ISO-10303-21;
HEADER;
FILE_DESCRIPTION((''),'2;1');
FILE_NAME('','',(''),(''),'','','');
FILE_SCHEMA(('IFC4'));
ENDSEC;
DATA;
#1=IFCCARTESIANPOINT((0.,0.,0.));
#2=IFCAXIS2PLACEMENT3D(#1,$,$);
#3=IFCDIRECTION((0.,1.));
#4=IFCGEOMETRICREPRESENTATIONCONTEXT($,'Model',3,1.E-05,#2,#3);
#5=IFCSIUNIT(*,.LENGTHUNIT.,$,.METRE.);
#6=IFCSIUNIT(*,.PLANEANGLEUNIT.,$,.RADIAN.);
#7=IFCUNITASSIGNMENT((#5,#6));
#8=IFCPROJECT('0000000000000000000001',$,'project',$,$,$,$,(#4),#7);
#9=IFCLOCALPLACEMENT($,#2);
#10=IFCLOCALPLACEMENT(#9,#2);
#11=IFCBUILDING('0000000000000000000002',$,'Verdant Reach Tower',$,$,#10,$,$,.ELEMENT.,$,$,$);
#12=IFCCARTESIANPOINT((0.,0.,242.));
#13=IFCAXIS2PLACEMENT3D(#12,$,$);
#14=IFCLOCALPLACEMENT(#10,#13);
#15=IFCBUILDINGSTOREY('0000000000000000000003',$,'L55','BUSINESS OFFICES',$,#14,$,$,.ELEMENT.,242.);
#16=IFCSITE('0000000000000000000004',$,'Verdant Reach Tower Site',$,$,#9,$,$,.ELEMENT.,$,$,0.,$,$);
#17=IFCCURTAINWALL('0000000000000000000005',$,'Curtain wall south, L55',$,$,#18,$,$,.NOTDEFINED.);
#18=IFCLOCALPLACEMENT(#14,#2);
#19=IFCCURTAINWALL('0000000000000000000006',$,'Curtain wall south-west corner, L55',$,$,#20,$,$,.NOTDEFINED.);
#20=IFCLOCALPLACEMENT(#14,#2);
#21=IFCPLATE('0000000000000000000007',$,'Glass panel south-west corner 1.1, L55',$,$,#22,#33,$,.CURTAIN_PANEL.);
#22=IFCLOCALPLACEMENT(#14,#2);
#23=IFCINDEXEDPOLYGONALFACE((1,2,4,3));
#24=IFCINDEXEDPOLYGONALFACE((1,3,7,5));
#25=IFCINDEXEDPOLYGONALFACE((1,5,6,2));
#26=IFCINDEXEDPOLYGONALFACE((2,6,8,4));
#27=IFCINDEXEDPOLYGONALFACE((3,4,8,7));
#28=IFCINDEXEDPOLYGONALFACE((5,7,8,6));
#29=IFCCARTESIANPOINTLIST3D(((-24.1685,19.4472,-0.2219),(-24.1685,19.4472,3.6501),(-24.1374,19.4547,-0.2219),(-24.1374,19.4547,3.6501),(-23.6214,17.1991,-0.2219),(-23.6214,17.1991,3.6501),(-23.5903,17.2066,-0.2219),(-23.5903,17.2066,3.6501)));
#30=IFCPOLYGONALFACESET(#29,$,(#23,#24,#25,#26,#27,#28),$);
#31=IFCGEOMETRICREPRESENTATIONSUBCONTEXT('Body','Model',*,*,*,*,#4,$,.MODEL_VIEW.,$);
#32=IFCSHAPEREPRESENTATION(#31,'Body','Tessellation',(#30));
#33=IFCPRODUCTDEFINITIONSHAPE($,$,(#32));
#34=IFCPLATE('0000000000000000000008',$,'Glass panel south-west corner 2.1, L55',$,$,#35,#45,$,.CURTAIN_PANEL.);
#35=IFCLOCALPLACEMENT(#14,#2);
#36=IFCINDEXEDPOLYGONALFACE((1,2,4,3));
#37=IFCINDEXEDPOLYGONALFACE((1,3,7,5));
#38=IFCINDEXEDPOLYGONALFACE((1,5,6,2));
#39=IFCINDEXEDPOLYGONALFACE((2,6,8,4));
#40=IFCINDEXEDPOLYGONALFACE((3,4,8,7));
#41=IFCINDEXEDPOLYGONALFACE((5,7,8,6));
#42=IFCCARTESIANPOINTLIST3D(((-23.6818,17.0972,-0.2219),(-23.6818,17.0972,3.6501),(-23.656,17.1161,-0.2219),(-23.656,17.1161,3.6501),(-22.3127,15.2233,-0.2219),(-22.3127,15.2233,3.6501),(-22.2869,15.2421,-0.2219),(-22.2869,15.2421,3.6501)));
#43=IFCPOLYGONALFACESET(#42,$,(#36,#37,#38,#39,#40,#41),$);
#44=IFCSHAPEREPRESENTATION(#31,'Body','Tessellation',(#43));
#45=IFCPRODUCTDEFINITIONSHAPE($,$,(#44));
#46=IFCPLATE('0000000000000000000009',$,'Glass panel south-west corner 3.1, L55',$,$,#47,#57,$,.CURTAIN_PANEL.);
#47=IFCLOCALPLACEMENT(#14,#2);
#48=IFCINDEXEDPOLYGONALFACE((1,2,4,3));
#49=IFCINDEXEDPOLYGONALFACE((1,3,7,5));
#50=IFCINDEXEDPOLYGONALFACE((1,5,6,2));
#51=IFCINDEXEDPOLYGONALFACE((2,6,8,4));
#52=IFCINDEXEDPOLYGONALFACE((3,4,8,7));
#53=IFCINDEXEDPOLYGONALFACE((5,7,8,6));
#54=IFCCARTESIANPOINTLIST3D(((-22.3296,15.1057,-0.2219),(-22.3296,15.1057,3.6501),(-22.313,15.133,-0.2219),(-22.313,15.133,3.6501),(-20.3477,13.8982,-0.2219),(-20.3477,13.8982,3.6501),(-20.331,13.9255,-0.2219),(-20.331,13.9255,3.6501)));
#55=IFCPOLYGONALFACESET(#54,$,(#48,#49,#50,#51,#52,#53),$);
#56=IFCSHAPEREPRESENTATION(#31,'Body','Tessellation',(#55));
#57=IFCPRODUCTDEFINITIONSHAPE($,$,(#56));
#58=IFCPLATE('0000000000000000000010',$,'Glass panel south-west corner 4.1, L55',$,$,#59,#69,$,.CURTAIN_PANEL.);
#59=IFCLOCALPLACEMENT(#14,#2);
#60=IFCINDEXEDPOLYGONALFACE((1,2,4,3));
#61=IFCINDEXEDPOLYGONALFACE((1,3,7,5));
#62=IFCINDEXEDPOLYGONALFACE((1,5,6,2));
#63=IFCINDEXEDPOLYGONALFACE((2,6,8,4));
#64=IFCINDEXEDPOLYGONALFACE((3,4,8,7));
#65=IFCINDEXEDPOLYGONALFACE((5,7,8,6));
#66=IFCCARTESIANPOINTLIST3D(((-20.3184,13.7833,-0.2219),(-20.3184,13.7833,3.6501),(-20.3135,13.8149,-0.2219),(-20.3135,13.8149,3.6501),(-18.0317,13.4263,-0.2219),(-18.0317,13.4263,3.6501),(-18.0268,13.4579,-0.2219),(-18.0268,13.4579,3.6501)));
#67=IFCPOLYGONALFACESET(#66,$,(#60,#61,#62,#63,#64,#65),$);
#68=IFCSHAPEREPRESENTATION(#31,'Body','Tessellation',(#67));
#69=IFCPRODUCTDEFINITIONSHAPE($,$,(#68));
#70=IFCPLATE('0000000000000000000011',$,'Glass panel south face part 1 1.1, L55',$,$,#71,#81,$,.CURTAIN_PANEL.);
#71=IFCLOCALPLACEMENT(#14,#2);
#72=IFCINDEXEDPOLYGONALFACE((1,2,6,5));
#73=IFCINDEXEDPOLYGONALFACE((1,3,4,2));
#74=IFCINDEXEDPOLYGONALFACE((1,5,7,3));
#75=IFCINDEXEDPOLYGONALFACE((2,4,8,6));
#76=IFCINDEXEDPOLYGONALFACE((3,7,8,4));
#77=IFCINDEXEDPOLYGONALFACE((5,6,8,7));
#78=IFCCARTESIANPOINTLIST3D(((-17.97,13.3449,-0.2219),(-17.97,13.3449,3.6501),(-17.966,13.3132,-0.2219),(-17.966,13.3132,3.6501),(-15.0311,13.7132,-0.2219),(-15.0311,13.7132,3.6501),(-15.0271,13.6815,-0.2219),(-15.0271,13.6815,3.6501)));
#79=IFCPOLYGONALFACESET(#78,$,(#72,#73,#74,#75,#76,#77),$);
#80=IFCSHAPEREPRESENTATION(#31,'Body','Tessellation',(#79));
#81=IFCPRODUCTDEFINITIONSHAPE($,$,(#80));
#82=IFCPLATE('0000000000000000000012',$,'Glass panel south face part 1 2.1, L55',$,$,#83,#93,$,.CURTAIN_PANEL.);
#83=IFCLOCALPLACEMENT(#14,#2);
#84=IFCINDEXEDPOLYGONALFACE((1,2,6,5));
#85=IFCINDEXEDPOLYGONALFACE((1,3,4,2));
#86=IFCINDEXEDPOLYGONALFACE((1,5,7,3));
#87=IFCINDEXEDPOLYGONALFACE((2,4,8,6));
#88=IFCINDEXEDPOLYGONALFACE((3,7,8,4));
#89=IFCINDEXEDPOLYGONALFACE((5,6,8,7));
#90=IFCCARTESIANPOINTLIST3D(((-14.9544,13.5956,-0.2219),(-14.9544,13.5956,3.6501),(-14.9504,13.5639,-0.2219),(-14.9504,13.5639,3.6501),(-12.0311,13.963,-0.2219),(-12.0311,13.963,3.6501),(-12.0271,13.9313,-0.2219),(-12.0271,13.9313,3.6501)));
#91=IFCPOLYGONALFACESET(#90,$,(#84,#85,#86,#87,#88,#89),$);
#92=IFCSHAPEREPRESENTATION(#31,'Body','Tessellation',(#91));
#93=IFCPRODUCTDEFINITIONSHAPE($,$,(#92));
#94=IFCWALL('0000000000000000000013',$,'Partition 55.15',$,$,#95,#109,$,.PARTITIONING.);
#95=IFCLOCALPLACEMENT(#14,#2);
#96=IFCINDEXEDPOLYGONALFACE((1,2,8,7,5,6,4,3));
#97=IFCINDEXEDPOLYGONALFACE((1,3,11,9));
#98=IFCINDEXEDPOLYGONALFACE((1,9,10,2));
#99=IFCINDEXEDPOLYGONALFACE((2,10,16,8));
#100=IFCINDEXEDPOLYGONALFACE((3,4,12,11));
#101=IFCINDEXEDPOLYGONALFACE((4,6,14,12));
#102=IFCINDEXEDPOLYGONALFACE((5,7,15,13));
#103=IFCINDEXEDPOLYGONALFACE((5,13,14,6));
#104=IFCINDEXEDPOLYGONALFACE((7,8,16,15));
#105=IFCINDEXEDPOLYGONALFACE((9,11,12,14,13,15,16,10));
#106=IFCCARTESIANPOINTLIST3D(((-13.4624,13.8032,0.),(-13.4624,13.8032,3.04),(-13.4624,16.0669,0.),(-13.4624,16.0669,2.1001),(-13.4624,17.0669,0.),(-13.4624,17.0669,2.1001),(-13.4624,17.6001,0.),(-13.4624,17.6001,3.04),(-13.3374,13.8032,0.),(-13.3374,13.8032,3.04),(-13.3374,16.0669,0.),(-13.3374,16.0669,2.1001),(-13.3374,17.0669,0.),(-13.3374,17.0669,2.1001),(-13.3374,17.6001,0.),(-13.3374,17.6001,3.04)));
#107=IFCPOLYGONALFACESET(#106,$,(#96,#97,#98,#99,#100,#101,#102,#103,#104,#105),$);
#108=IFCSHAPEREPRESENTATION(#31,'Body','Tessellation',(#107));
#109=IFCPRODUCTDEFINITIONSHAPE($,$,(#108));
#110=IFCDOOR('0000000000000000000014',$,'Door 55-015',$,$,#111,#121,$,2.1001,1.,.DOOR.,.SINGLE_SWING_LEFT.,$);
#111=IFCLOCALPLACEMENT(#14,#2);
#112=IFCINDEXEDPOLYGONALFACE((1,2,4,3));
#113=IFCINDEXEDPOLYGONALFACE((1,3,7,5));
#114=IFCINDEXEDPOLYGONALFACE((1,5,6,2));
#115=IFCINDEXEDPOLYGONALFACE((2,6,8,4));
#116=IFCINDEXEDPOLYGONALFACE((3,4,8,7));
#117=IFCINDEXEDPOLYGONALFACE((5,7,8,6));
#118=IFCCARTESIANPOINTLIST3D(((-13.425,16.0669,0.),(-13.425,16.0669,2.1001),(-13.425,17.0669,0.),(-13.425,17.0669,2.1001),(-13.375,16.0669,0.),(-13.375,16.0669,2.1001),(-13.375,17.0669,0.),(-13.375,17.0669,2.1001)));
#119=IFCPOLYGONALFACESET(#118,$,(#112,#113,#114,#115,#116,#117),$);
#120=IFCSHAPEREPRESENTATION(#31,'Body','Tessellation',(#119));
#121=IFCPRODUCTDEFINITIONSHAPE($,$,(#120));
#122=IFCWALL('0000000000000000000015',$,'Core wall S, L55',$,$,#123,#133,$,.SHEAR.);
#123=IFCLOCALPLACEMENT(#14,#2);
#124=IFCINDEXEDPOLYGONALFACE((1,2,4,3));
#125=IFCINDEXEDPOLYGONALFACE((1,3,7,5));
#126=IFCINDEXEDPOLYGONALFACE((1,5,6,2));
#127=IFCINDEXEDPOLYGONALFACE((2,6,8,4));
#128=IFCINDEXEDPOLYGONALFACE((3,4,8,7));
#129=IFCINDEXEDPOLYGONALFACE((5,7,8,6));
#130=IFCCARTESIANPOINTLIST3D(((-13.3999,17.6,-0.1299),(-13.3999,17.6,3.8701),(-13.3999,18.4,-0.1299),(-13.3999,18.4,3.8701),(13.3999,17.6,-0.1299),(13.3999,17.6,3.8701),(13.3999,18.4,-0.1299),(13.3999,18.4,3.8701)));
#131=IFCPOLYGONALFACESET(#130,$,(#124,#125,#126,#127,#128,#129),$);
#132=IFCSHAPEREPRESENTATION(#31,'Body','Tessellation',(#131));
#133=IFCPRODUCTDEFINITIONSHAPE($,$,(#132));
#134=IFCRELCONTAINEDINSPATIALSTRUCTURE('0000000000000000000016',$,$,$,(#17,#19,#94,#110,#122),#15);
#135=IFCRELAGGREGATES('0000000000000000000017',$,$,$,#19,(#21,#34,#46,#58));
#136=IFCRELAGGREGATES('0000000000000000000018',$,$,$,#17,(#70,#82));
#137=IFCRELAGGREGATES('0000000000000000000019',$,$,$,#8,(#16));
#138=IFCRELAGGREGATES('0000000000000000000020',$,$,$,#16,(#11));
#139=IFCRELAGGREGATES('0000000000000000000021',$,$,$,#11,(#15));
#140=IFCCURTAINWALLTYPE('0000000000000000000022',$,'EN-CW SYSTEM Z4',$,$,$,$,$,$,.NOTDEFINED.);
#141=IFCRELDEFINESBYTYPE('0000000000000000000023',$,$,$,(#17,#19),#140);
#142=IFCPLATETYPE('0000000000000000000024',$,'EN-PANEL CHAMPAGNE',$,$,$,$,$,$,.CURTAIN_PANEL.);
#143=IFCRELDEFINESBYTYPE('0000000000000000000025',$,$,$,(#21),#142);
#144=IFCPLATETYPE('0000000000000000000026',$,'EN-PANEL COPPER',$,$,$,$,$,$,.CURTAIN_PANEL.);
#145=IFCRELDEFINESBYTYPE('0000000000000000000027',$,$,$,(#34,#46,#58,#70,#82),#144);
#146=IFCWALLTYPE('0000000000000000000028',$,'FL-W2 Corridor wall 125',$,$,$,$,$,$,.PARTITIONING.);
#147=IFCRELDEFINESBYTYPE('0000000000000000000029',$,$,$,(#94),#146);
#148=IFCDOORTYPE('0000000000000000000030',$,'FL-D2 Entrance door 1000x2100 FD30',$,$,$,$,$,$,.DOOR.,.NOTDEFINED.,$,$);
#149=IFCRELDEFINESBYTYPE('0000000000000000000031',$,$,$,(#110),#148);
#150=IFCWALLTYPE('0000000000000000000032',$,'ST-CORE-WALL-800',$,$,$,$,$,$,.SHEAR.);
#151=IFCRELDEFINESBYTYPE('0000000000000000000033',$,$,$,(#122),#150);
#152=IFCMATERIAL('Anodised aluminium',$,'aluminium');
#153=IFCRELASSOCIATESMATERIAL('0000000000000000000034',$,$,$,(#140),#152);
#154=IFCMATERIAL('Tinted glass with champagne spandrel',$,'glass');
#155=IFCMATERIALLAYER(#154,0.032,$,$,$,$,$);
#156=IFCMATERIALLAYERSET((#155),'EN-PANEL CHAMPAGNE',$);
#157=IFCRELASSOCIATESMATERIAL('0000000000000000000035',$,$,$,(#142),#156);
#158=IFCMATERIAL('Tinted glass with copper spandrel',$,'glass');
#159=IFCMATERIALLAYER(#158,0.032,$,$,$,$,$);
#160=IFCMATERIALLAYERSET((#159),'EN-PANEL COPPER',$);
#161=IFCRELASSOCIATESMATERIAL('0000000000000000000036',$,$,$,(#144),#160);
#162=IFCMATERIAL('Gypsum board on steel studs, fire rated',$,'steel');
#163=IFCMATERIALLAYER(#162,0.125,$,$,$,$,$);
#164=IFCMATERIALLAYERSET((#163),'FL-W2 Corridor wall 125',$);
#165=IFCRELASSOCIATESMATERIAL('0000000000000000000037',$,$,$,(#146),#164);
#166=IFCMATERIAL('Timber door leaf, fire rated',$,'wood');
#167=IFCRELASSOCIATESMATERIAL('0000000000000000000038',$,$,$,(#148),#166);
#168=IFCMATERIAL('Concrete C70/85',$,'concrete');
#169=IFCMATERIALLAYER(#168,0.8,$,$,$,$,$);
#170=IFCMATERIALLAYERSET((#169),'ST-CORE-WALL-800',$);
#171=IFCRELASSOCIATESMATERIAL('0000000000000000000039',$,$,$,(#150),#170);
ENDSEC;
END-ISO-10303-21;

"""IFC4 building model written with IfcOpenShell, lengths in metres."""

from ifc_helpers import new_model, si_unit, direction, frame, frame_2d, origin, origin_2d, place, context, subcontext, project, spatial, rectangle, extrude, material, layer, layer_set, type_object, element, fill, aggregate, save


model = new_model("IFC4")

# Units and contexts
model_context = context("Model", 3, precision=1e-05, world=origin(), true_north=direction((0.0, 1.0)))
body_context = subcontext(model_context, "Body", "Model", "MODEL_VIEW")
ifc_project = project(units=[si_unit("LENGTHUNIT", "METRE"), si_unit("PLANEANGLEUNIT", "RADIAN")], contexts=[model_context])

# Site, building, storey
site_placement = place(None, origin())
site = spatial("IfcSite", under=ifc_project, at=site_placement, Name="Verdant Reach Tower Site", CompositionType="ELEMENT", RefElevation=0.0)
building_placement = place(site_placement, origin())
building = spatial("IfcBuilding", under=site, at=building_placement, Name="Verdant Reach Tower", CompositionType="ELEMENT")
storey_placement = place(building_placement, frame((0.0, 0.0, 242.0)))
storey = spatial("IfcBuildingStorey", under=building, at=storey_placement, Name="L55", Description="BUSINESS OFFICES", CompositionType="ELEMENT", Elevation=242.0)

# Curtain wall
ifc_material_1 = material(Name="Anodised aluminium", Category="aluminium")
curtain_wall_type = type_object("IfcCurtainWallType", Name="EN-CW SYSTEM Z4", PredefinedType="NOTDEFINED", material=ifc_material_1)
curtain_wall_1_placement = place(storey_placement, origin())
curtain_wall_1 = element("IfcCurtainWall", 1, at=curtain_wall_1_placement, inside=storey, type_object=curtain_wall_type, Name="Curtain wall south, L55", PredefinedType="NOTDEFINED")

# Curtain wall, plates
curtain_wall_2_placement = place(storey_placement, origin())
curtain_wall_2 = element("IfcCurtainWall", 2, at=curtain_wall_2_placement, inside=storey, type_object=curtain_wall_type, Name="Curtain wall south-west corner, L55", PredefinedType="NOTDEFINED")
ifc_material_2 = material(Name="Tinted glass with champagne spandrel", Category="glass")
ifc_layer_1 = layer(ifc_material_2, 0.032)
ifc_layer_set_1 = layer_set([ifc_layer_1], Name="EN-PANEL CHAMPAGNE")
plate_type_1 = type_object("IfcPlateType", Name="EN-PANEL CHAMPAGNE", PredefinedType="CURTAIN_PANEL", material=ifc_layer_set_1)
plate_1_placement = place(storey_placement, frame((-23.8794, 18.3269, -0.2219), z_axis=(0.0, 0.0, 1.0), x_axis=(0.236459, -0.971642, 0.0)))
plate_1 = element("IfcPlate", 3, at=plate_1_placement, type_object=plate_type_1, Name="Glass panel south-west corner 1.1, L55", PredefinedType="CURTAIN_PANEL", context=body_context, shape_type="SweptSolid", body=[
    extrude(rectangle(XDim=2.3137, YDim=0.032, at=origin_2d()), origin(), (0.0, 0.0, 1.0), 3.8721),
])
ifc_material_3 = material(Name="Tinted glass with copper spandrel", Category="glass")
ifc_layer_2 = layer(ifc_material_3, 0.032)
ifc_layer_set_2 = layer_set([ifc_layer_2], Name="EN-PANEL COPPER")
plate_type_2 = type_object("IfcPlateType", Name="EN-PANEL COPPER", PredefinedType="CURTAIN_PANEL", material=ifc_layer_set_2)
plate_2_placement = place(storey_placement, frame((-22.9844, 16.1697, -0.2219), z_axis=(0.0, 0.0, 1.0), x_axis=(0.589927, -0.807457, 0.0)))
plate_2 = element("IfcPlate", 4, at=plate_2_placement, type_object=plate_type_2, Name="Glass panel south-west corner 2.1, L55", PredefinedType="CURTAIN_PANEL", context=body_context, shape_type="SweptSolid", body=[
    extrude(rectangle(XDim=2.3208, YDim=0.032, at=origin_2d()), origin(), (0.0, 0.0, 1.0), 3.8721),
])
plate_3_placement = place(storey_placement, frame((-21.3303, 14.5156, -0.2219), z_axis=(0.0, 0.0, 1.0), x_axis=(0.853989, -0.520292, 0.0)))
plate_3 = element("IfcPlate", 5, at=plate_3_placement, type_object=plate_type_2, Name="Glass panel south-west corner 3.1, L55", PredefinedType="CURTAIN_PANEL", context=body_context, shape_type="SweptSolid", body=[
    extrude(rectangle(XDim=2.3208, YDim=0.032, at=origin_2d()), origin(), (0.0, 0.0, 1.0), 3.8721),
])
plate_4_placement = place(storey_placement, frame((-19.1726, 13.6206, -0.2219), z_axis=(0.0, 0.0, 1.0), x_axis=(0.988027, -0.154279, 0.0)))
plate_4 = element("IfcPlate", 6, at=plate_4_placement, type_object=plate_type_2, Name="Glass panel south-west corner 4.1, L55", PredefinedType="CURTAIN_PANEL", context=body_context, shape_type="SweptSolid", body=[
    extrude(rectangle(XDim=2.3145, YDim=0.032, at=origin_2d()), origin(), (0.0, 0.0, 1.0), 3.8721),
])
aggregate(curtain_wall_2, [plate_1, plate_2, plate_3, plate_4])

# Plates
plate_5_placement = place(storey_placement, frame((-16.4985, 13.5132, -0.2219), z_axis=(0.0, 0.0, 1.0), x_axis=(0.992239, 0.124346, 0.0)))
plate_5 = element("IfcPlate", 7, at=plate_5_placement, type_object=plate_type_2, Name="Glass panel south face part 1 1.1, L55", PredefinedType="CURTAIN_PANEL", context=body_context, shape_type="SweptSolid", body=[
    extrude(rectangle(XDim=2.9619, YDim=0.032, at=origin_2d()), origin(), (0.0, 0.0, 1.0), 3.8721),
])
plate_6_placement = place(storey_placement, frame((-13.4907, 13.7634, -0.2219), z_axis=(0.0, 0.0, 1.0), x_axis=(0.992194, 0.124704, 0.0)))
plate_6 = element("IfcPlate", 8, at=plate_6_placement, type_object=plate_type_2, Name="Glass panel south face part 1 2.1, L55", PredefinedType="CURTAIN_PANEL", context=body_context, shape_type="SweptSolid", body=[
    extrude(rectangle(XDim=2.9463, YDim=0.032, at=origin_2d()), origin(), (0.0, 0.0, 1.0), 3.8721),
])
aggregate(curtain_wall_1, [plate_5, plate_6])

# Wall, opening, door
ifc_material_4 = material(Name="Gypsum board on steel studs, fire rated", Category="steel")
ifc_layer_3 = layer(ifc_material_4, 0.125)
ifc_layer_set_3 = layer_set([ifc_layer_3], Name="FL-W2 Corridor wall 125")
wall_type_1 = type_object("IfcWallType", Name="FL-W2 Corridor wall 125", PredefinedType="PARTITIONING", material=ifc_layer_set_3)
ifc_material_5 = material(Name="Timber door leaf, fire rated", Category="wood")
door_type = type_object("IfcDoorType", Name="FL-D2 Entrance door 1000x2100 FD30", OperationType="NOTDEFINED", PredefinedType="DOOR", material=ifc_material_5)
wall_1_placement = place(storey_placement, frame((-13.3999, 17.6001, 0.0), z_axis=(0.0, 0.0, 1.0), x_axis=(0.0, -1.0, 0.0)))
wall_1 = element("IfcWall", 9, at=wall_1_placement, inside=storey, type_object=wall_type_1, Name="Partition 55.15", PredefinedType="PARTITIONING", context=body_context, shape_type="SweptSolid", body=[
    extrude(rectangle(XDim=3.7969, YDim=0.125, at=frame_2d((1.8984, 0.0))), origin(), (0.0, 0.0, 1.0), 3.04),
])
opening_1_placement = place(wall_1_placement, frame((0.5332, 0.0, 0.0)))
opening_1 = element("IfcOpeningElement", 10, at=opening_1_placement, cuts=wall_1, PredefinedType="OPENING", context=body_context, shape_type="SweptSolid", body=[
    extrude(rectangle(XDim=1.0, YDim=2.1001, at=frame_2d((0.5, 1.05))), frame((0.0, 0.0725, 0.0), z_axis=(0.0, -1.0, 0.0), x_axis=(1.0, 0.0, 0.0)), (0.0, 0.0, 1.0), 0.145),
])
door_1_placement = place(opening_1_placement, origin())
door_1 = element("IfcDoor", 11, at=door_1_placement, inside=storey, type_object=door_type, Name="Door 55-015", OperationType="SINGLE_SWING_LEFT", OverallHeight=2.1001, OverallWidth=1.0, PredefinedType="DOOR", context=body_context, shape_type="SweptSolid", body=[
    extrude(rectangle(XDim=1.0, YDim=2.1001, at=frame_2d((0.5, 1.05))), frame((0.0, 0.0249, 0.0), z_axis=(0.0, -1.0, 0.0), x_axis=(1.0, 0.0, 0.0)), (0.0, 0.0, 1.0), 0.05),
])
fill(opening_1, door_1)

# Wall
ifc_material_6 = material(Name="Concrete C70/85", Category="concrete")
ifc_layer_4 = layer(ifc_material_6, 0.8)
ifc_layer_set_4 = layer_set([ifc_layer_4], Name="ST-CORE-WALL-800")
wall_type_2 = type_object("IfcWallType", Name="ST-CORE-WALL-800", PredefinedType="SHEAR", material=ifc_layer_set_4)
wall_2_placement = place(storey_placement, frame((-13.3999, 18.0, -0.1299), z_axis=(0.0, 0.0, 1.0), x_axis=(1.0, 0.0, 0.0)))
element("IfcWall", 12, at=wall_2_placement, inside=storey, type_object=wall_type_2, Name="Core wall S, L55", PredefinedType="SHEAR", context=body_context, shape_type="SweptSolid", body=[
    extrude(rectangle(XDim=26.7998, YDim=0.8, at=frame_2d((13.3999, 0.0))), origin(), (0.0, 0.0, 1.0), 4.0),
])

save(model, "model.ifc")
